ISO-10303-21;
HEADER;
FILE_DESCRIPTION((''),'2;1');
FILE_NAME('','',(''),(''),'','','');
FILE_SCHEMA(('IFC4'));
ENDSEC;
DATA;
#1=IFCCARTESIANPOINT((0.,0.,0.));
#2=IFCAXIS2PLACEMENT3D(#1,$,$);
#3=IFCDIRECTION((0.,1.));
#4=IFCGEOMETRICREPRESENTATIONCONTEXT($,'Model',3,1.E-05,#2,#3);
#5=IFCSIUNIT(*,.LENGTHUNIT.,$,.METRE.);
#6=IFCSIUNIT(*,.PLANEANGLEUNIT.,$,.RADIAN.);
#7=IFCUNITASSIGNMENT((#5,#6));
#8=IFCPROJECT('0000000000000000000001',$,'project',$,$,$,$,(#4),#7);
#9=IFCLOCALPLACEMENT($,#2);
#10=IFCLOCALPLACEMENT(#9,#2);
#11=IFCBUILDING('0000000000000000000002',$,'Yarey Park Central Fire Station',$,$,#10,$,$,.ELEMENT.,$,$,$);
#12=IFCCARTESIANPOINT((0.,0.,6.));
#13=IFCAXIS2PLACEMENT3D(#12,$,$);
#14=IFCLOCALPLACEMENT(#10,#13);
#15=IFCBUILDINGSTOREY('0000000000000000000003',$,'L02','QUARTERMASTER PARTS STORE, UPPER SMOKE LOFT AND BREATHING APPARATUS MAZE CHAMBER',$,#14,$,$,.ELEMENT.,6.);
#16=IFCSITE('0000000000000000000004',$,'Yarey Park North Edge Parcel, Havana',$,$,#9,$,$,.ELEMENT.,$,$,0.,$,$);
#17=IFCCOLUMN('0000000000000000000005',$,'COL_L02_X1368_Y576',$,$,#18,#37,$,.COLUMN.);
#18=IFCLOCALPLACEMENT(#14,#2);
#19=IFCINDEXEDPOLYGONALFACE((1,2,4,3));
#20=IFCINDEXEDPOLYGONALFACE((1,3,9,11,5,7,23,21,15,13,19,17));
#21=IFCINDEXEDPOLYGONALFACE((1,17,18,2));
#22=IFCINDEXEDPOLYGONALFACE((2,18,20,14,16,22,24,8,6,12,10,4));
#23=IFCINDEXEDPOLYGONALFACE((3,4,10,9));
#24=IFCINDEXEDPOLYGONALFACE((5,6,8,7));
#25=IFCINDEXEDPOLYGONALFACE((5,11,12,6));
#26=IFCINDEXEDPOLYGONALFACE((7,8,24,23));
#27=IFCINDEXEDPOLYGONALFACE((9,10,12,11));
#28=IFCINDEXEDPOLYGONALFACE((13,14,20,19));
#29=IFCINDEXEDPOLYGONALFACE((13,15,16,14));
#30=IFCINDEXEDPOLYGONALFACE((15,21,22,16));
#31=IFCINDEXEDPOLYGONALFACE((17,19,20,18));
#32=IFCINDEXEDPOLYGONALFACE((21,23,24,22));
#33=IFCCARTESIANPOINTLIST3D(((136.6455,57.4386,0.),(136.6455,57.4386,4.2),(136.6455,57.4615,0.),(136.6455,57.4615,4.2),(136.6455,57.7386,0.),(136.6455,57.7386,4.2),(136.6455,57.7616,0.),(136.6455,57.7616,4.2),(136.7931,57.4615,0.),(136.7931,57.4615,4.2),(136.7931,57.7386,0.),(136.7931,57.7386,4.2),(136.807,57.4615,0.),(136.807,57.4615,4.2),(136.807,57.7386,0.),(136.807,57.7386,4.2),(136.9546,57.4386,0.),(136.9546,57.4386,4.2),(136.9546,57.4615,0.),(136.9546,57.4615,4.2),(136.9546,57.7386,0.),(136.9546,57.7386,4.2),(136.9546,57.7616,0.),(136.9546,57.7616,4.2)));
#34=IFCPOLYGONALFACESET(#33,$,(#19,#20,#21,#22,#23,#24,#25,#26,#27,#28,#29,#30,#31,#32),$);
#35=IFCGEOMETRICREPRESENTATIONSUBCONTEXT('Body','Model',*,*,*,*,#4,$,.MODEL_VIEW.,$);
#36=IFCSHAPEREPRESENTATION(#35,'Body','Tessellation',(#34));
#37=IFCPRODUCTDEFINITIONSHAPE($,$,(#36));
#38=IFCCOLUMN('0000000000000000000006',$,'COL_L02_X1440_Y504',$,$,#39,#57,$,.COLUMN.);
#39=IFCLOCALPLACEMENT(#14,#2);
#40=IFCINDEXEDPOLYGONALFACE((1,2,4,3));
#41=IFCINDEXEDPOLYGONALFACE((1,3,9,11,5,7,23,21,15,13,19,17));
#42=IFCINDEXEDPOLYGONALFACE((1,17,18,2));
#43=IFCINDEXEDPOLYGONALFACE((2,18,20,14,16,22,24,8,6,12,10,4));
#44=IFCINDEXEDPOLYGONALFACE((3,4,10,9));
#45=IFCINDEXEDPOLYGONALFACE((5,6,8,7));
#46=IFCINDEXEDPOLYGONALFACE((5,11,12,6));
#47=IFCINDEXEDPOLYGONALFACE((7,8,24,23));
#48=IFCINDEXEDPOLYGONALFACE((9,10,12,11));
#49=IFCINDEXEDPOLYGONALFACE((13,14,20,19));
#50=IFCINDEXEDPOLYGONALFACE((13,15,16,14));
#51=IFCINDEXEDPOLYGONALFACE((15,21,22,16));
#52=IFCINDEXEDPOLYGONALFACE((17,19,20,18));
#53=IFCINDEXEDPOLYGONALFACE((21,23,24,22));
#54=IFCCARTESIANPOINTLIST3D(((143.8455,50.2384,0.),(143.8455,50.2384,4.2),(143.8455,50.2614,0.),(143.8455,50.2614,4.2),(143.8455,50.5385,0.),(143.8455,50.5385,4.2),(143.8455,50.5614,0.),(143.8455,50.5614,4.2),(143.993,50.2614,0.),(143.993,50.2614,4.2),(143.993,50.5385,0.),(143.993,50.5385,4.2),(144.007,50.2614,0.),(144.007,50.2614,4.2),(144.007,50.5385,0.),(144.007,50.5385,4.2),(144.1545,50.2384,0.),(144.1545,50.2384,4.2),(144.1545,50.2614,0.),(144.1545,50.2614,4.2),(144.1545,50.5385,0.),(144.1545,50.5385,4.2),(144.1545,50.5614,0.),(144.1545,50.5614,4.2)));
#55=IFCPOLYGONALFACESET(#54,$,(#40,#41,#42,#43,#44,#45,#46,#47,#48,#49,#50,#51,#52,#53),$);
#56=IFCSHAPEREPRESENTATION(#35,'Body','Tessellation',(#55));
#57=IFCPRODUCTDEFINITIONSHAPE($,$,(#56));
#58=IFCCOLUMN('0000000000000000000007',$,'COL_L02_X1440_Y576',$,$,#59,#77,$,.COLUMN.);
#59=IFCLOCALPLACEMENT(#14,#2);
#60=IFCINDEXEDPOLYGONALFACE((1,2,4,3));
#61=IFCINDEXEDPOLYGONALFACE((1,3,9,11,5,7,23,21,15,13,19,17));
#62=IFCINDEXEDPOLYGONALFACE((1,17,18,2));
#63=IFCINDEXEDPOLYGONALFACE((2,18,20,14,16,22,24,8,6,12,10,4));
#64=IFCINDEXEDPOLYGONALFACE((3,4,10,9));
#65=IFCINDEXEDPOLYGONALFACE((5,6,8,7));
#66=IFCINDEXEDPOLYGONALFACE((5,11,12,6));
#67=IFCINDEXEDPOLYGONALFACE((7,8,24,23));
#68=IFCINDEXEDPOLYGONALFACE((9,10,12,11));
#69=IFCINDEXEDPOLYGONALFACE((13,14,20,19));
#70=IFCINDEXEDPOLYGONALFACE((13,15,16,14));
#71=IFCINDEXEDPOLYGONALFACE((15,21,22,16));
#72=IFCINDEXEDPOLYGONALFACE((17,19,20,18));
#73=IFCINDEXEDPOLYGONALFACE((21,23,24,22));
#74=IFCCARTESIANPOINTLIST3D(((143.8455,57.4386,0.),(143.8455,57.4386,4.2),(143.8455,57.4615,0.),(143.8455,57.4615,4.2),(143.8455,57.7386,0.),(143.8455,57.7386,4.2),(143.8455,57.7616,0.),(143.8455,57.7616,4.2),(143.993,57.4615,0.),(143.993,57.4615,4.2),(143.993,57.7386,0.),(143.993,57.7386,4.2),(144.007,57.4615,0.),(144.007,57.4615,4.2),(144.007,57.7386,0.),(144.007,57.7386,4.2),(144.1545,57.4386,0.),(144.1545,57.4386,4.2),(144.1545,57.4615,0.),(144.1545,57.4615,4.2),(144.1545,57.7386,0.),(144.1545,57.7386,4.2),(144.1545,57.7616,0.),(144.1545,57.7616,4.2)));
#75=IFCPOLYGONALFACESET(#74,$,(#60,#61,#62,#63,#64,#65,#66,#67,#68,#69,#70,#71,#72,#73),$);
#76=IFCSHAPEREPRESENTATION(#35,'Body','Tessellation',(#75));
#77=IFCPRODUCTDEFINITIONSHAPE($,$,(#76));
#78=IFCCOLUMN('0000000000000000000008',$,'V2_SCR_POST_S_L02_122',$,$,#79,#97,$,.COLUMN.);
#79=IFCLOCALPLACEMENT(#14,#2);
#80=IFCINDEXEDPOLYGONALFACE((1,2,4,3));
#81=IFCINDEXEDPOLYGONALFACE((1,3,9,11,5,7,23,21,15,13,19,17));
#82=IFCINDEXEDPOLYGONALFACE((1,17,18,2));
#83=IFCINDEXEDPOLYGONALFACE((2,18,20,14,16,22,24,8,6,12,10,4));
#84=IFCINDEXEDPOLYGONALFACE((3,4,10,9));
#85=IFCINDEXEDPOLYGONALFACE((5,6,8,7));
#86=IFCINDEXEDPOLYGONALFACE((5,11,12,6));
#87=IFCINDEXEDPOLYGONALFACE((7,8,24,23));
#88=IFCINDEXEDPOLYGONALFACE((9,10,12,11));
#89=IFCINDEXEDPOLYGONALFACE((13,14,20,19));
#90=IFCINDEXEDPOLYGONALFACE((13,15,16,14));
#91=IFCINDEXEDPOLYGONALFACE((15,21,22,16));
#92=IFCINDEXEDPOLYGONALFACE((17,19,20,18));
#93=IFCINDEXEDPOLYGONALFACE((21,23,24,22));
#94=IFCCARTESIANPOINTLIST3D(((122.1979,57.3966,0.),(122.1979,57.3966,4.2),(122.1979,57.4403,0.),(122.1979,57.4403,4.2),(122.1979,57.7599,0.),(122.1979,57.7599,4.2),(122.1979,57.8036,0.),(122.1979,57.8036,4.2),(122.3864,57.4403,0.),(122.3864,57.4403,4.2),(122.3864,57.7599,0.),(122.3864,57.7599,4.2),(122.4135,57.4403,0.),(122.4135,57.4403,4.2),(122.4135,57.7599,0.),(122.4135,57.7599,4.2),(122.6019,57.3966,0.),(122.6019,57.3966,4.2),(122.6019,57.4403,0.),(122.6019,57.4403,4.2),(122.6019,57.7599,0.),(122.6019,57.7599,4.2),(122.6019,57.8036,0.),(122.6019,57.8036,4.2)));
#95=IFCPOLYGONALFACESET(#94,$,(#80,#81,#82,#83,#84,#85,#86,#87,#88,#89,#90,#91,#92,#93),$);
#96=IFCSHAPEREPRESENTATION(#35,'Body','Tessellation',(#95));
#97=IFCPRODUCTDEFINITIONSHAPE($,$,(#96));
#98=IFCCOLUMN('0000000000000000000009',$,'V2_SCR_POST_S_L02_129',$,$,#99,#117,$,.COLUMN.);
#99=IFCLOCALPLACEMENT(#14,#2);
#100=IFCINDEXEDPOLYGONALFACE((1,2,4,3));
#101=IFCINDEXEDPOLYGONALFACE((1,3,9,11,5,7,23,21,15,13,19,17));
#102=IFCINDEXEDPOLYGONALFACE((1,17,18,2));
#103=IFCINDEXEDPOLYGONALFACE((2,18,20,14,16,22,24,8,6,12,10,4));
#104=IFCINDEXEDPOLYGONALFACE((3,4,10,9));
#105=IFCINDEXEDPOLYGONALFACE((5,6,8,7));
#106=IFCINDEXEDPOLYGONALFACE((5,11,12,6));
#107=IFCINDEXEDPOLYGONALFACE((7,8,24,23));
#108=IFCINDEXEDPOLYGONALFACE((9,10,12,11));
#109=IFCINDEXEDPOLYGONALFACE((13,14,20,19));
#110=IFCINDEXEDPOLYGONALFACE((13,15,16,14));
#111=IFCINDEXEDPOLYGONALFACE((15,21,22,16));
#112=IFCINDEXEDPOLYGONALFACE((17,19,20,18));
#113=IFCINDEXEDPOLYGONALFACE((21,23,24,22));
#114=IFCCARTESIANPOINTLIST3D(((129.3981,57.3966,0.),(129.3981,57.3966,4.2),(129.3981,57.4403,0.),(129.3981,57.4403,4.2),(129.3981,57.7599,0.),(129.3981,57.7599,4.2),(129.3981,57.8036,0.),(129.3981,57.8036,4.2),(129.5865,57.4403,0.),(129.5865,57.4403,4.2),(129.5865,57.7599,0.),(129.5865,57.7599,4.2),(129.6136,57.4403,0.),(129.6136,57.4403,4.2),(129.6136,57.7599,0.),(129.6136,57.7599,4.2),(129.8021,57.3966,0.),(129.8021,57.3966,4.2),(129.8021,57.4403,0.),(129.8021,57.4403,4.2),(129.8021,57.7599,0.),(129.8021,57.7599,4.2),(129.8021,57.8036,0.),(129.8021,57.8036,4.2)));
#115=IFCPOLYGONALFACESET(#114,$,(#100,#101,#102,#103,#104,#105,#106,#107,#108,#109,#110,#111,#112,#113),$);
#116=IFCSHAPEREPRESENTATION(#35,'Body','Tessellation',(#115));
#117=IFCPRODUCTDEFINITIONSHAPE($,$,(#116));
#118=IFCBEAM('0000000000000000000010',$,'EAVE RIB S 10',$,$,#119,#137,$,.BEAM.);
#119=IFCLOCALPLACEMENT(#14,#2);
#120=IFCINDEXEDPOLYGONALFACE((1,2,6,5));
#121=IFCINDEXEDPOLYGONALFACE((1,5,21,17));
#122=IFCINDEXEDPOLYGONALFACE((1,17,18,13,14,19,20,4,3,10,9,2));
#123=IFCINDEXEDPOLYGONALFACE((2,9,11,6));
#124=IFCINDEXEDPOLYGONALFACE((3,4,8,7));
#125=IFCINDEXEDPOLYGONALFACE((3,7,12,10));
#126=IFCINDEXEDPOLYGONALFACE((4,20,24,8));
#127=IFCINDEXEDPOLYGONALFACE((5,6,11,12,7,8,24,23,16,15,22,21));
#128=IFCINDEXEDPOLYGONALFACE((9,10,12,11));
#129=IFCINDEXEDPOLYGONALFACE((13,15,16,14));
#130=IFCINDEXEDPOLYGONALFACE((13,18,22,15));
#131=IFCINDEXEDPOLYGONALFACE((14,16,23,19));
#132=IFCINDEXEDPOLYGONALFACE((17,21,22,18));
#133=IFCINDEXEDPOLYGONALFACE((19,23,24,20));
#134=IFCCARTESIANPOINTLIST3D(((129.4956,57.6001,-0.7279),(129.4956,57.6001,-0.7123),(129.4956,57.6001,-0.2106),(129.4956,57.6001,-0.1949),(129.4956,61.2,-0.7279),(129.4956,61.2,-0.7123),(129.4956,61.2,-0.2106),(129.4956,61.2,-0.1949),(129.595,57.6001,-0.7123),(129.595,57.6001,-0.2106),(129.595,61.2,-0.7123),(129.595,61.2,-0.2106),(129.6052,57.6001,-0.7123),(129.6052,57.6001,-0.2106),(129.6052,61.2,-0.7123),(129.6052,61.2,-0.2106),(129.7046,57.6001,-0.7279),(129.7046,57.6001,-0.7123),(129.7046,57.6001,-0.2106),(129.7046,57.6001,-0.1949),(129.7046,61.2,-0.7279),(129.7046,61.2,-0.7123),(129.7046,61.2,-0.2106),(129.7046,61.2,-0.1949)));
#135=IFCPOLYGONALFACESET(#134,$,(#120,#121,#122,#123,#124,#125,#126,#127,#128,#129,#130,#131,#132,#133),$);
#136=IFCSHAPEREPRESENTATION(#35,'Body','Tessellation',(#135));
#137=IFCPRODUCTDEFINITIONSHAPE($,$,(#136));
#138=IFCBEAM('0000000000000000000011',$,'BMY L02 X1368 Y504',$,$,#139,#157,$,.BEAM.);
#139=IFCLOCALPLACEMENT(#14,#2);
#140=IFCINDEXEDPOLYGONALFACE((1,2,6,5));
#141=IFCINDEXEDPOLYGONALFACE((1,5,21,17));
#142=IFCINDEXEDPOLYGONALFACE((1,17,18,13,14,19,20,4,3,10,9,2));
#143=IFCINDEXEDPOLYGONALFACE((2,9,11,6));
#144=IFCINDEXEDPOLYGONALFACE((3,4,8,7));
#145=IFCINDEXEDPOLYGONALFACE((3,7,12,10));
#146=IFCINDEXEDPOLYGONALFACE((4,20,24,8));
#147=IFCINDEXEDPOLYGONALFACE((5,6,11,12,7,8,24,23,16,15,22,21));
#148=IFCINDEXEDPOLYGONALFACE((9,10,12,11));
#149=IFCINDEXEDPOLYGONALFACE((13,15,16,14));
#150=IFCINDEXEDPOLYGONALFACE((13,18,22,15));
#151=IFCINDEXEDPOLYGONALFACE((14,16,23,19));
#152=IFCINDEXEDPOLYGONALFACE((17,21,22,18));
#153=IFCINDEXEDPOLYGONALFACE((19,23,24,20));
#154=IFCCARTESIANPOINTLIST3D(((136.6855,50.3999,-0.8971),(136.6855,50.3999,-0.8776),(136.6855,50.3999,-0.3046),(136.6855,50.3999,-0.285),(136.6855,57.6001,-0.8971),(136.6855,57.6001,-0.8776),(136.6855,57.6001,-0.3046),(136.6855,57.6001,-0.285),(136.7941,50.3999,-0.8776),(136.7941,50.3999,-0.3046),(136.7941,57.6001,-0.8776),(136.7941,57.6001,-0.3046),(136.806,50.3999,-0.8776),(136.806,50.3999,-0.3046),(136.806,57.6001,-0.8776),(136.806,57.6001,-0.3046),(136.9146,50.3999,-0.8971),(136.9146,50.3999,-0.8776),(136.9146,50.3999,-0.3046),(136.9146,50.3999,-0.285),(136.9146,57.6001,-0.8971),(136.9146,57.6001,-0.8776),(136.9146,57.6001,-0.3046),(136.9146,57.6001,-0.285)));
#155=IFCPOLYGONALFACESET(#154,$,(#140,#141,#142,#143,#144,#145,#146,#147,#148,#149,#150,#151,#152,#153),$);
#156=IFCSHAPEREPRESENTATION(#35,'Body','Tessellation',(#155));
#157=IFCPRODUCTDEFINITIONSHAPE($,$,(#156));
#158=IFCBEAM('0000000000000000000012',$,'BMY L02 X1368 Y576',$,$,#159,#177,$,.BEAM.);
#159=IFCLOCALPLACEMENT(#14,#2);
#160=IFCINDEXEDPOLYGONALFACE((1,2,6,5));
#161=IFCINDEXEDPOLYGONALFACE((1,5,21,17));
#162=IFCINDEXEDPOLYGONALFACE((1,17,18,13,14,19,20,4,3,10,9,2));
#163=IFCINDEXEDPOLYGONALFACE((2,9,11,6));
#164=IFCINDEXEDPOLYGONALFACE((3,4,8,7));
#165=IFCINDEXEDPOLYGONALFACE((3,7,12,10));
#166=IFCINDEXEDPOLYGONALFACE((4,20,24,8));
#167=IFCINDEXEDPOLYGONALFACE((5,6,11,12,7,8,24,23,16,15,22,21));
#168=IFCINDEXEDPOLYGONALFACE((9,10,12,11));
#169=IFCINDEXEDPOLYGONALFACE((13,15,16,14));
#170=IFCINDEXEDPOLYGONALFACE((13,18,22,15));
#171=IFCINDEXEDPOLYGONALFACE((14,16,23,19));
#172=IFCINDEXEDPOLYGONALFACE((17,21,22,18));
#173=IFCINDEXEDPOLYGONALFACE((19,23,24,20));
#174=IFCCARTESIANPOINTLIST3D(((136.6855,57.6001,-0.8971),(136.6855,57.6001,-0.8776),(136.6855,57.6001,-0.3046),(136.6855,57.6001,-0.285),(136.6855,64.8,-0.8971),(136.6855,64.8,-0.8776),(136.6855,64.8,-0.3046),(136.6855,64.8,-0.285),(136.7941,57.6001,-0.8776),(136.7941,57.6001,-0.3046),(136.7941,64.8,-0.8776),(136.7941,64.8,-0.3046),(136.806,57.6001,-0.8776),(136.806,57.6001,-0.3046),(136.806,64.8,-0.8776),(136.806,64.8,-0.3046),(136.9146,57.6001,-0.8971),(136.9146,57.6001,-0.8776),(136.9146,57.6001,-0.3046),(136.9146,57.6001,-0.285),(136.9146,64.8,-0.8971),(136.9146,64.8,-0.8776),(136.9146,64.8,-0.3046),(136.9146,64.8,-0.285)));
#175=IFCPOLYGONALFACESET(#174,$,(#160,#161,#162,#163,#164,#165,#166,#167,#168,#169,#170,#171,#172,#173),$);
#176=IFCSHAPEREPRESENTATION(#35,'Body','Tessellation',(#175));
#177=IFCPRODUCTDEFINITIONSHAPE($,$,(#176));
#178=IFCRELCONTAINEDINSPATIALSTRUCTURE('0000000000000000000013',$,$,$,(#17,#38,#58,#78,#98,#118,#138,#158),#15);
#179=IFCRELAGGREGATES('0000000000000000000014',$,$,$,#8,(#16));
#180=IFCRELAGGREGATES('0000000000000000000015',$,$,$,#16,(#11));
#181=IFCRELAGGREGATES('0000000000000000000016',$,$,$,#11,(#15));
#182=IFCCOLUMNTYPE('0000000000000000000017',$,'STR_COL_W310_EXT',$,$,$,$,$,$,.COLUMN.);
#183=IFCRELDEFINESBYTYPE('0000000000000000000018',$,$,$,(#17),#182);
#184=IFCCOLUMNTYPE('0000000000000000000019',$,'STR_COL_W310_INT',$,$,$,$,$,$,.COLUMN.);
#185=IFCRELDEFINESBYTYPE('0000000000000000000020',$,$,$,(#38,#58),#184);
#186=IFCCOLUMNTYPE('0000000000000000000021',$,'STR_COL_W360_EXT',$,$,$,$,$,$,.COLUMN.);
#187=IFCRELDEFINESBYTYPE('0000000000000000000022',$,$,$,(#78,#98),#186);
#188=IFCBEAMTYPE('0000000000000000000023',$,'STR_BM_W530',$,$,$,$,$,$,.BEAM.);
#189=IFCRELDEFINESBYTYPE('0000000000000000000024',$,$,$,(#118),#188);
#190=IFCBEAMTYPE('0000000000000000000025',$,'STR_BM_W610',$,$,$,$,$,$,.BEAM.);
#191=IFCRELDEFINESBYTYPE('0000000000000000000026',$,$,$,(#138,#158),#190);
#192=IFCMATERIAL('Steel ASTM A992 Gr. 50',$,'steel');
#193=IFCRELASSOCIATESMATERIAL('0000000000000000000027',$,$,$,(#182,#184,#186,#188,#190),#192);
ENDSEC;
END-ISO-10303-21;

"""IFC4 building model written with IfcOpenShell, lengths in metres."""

from ifc_helpers import new_model, si_unit, direction, frame, origin, origin_2d, place, context, subcontext, project, spatial, i_section, extrude, material, material_profile, profile_set, type_object, element, save


model = new_model("IFC4")

# Units and contexts
model_context = context("Model", 3, precision=1e-05, world=origin(), true_north=direction((0.0, 1.0)))
body_context = subcontext(model_context, "Body", "Model", "MODEL_VIEW")
ifc_project = project(units=[si_unit("LENGTHUNIT", "METRE"), si_unit("PLANEANGLEUNIT", "RADIAN")], contexts=[model_context])

# Site, building, storey
site_placement = place(None, origin())
site = spatial("IfcSite", under=ifc_project, at=site_placement, Name="Yarey Park North Edge Parcel, Havana", CompositionType="ELEMENT", RefElevation=0.0)
building_placement = place(site_placement, origin())
building = spatial("IfcBuilding", under=site, at=building_placement, Name="Yarey Park Central Fire Station", CompositionType="ELEMENT")
storey_placement = place(building_placement, frame((0.0, 0.0, 6.0)))
storey = spatial("IfcBuildingStorey", under=building, at=storey_placement, Name="L02", Description="QUARTERMASTER PARTS STORE, UPPER SMOKE LOFT AND BREATHING APPARATUS MAZE CHAMBER", CompositionType="ELEMENT", Elevation=6.0)

# Columns
ifc_material_1 = material(Name="Steel ASTM A992 Gr. 50", Category="steel")
ifc_material_profile_1 = material_profile(ifc_material_1, i_section(OverallWidth=0.3091, OverallDepth=0.323, WebThickness=0.0139, FlangeThickness=0.0229, at=origin_2d()), Name="W310x143")
ifc_profile_set_1 = profile_set([ifc_material_profile_1], Name="Steel ASTM A992 Gr. 50")
column_type_1 = type_object("IfcColumnType", Name="STR_COL_W310_EXT", PredefinedType="COLUMN", material=ifc_profile_set_1)
column_placement = place(storey_placement, frame((136.8, 57.6001, 0.0), z_axis=(0.0, 0.0, 1.0), x_axis=(1.0, 0.0, 0.0)))
element("IfcColumn", 1, at=column_placement, inside=storey, type_object=column_type_1, Name="COL_L02_X1368_Y576", PredefinedType="COLUMN", context=body_context, shape_type="SweptSolid", body=[
    extrude(i_section(OverallWidth=0.3091, OverallDepth=0.323, WebThickness=0.0139, FlangeThickness=0.0229, at=origin_2d()), origin(), (0.0, 0.0, 1.0), 4.2),
])
ifc_material_profile_2 = material_profile(ifc_material_1, i_section(OverallWidth=0.3091, OverallDepth=0.323, WebThickness=0.0139, FlangeThickness=0.0229, at=origin_2d()), Name="W310x143")
ifc_profile_set_2 = profile_set([ifc_material_profile_2], Name="Steel ASTM A992 Gr. 50")
column_type_2 = type_object("IfcColumnType", Name="STR_COL_W310_INT", PredefinedType="COLUMN", material=ifc_profile_set_2)
for number, where, z_axis, x_axis, name in (
    (2, (144.0, 50.3999, 0.0), (0.0, 0.0, 1.0), (1.0, 0.0, 0.0), "COL_L02_X1440_Y504"),
    (3, (144.0, 57.6001, 0.0), (0.0, 0.0, 1.0), (1.0, 0.0, 0.0), "COL_L02_X1440_Y576"),
):
    element("IfcColumn", number, at=place(storey_placement, frame(where, z_axis=z_axis, x_axis=x_axis)), inside=storey, type_object=column_type_2, Name=name, PredefinedType="COLUMN", context=body_context, shape_type="SweptSolid", body=[
        extrude(i_section(OverallWidth=0.3091, OverallDepth=0.323, WebThickness=0.0139, FlangeThickness=0.0229, at=origin_2d()), origin(), (0.0, 0.0, 1.0), 4.2),
    ])
ifc_material_profile_3 = material_profile(ifc_material_1, i_section(OverallWidth=0.4041, OverallDepth=0.407, WebThickness=0.0271, FlangeThickness=0.0437, at=origin_2d()), Name="W360x347")
ifc_profile_set_3 = profile_set([ifc_material_profile_3], Name="Steel ASTM A992 Gr. 50")
column_type_3 = type_object("IfcColumnType", Name="STR_COL_W360_EXT", PredefinedType="COLUMN", material=ifc_profile_set_3)
for number, where, z_axis, x_axis, name in (
    (4, (122.3999, 57.6001, 0.0), (0.0, 0.0, 1.0), (1.0, 0.0, 0.0), "V2_SCR_POST_S_L02_122"),
    (5, (129.6001, 57.6001, 0.0), (0.0, 0.0, 1.0), (1.0, 0.0, 0.0), "V2_SCR_POST_S_L02_129"),
):
    element("IfcColumn", number, at=place(storey_placement, frame(where, z_axis=z_axis, x_axis=x_axis)), inside=storey, type_object=column_type_3, Name=name, PredefinedType="COLUMN", context=body_context, shape_type="SweptSolid", body=[
        extrude(i_section(OverallWidth=0.4041, OverallDepth=0.407, WebThickness=0.0271, FlangeThickness=0.0437, at=origin_2d()), origin(), (0.0, 0.0, 1.0), 4.2),
    ])

# Beams
ifc_material_profile_4 = material_profile(ifc_material_1, i_section(OverallWidth=0.209, OverallDepth=0.533, WebThickness=0.0103, FlangeThickness=0.0156, at=origin_2d()), Name="W530x92")
ifc_profile_set_4 = profile_set([ifc_material_profile_4], Name="Steel ASTM A992 Gr. 50")
beam_type_1 = type_object("IfcBeamType", Name="STR_BM_W530", PredefinedType="BEAM", material=ifc_profile_set_4)
beam_1_placement = place(storey_placement, frame((129.6001, 57.6001, -0.4614), z_axis=(0.0, 1.0, 0.0), x_axis=(-1.0, 0.0, 0.0)))
element("IfcBeam", 6, at=beam_1_placement, inside=storey, type_object=beam_type_1, Name="EAVE RIB S 10", PredefinedType="BEAM", context=body_context, shape_type="SweptSolid", body=[
    extrude(i_section(OverallWidth=0.209, OverallDepth=0.533, WebThickness=0.0103, FlangeThickness=0.0156, at=origin_2d()), origin(), (0.0, 0.0, 1.0), 3.5999),
])
ifc_material_profile_5 = material_profile(ifc_material_1, i_section(OverallWidth=0.229, OverallDepth=0.6121, WebThickness=0.012, FlangeThickness=0.0195, at=origin_2d()), Name="W610x125")
ifc_profile_set_5 = profile_set([ifc_material_profile_5], Name="Steel ASTM A992 Gr. 50")
beam_type_2 = type_object("IfcBeamType", Name="STR_BM_W610", PredefinedType="BEAM", material=ifc_profile_set_5)
beam_2_placement = place(storey_placement, frame((136.8, 50.3999, -0.5911), z_axis=(0.0, 1.0, 0.0), x_axis=(-1.0, 0.0, 0.0)))
element("IfcBeam", 7, at=beam_2_placement, inside=storey, type_object=beam_type_2, Name="BMY L02 X1368 Y504", PredefinedType="BEAM", context=body_context, shape_type="SweptSolid", body=[
    extrude(i_section(OverallWidth=0.229, OverallDepth=0.6121, WebThickness=0.012, FlangeThickness=0.0195, at=origin_2d()), origin(), (0.0, 0.0, 1.0), 7.2002),
])
beam_3_placement = place(storey_placement, frame((136.8, 57.6001, -0.5911), z_axis=(0.0, 1.0, 0.0), x_axis=(-1.0, 0.0, 0.0)))
element("IfcBeam", 8, at=beam_3_placement, inside=storey, type_object=beam_type_2, Name="BMY L02 X1368 Y576", PredefinedType="BEAM", context=body_context, shape_type="SweptSolid", body=[
    extrude(i_section(OverallWidth=0.229, OverallDepth=0.6121, WebThickness=0.012, FlangeThickness=0.0195, at=origin_2d()), origin(), (0.0, 0.0, 1.0), 7.2),
])

save(model, "model.ifc")
